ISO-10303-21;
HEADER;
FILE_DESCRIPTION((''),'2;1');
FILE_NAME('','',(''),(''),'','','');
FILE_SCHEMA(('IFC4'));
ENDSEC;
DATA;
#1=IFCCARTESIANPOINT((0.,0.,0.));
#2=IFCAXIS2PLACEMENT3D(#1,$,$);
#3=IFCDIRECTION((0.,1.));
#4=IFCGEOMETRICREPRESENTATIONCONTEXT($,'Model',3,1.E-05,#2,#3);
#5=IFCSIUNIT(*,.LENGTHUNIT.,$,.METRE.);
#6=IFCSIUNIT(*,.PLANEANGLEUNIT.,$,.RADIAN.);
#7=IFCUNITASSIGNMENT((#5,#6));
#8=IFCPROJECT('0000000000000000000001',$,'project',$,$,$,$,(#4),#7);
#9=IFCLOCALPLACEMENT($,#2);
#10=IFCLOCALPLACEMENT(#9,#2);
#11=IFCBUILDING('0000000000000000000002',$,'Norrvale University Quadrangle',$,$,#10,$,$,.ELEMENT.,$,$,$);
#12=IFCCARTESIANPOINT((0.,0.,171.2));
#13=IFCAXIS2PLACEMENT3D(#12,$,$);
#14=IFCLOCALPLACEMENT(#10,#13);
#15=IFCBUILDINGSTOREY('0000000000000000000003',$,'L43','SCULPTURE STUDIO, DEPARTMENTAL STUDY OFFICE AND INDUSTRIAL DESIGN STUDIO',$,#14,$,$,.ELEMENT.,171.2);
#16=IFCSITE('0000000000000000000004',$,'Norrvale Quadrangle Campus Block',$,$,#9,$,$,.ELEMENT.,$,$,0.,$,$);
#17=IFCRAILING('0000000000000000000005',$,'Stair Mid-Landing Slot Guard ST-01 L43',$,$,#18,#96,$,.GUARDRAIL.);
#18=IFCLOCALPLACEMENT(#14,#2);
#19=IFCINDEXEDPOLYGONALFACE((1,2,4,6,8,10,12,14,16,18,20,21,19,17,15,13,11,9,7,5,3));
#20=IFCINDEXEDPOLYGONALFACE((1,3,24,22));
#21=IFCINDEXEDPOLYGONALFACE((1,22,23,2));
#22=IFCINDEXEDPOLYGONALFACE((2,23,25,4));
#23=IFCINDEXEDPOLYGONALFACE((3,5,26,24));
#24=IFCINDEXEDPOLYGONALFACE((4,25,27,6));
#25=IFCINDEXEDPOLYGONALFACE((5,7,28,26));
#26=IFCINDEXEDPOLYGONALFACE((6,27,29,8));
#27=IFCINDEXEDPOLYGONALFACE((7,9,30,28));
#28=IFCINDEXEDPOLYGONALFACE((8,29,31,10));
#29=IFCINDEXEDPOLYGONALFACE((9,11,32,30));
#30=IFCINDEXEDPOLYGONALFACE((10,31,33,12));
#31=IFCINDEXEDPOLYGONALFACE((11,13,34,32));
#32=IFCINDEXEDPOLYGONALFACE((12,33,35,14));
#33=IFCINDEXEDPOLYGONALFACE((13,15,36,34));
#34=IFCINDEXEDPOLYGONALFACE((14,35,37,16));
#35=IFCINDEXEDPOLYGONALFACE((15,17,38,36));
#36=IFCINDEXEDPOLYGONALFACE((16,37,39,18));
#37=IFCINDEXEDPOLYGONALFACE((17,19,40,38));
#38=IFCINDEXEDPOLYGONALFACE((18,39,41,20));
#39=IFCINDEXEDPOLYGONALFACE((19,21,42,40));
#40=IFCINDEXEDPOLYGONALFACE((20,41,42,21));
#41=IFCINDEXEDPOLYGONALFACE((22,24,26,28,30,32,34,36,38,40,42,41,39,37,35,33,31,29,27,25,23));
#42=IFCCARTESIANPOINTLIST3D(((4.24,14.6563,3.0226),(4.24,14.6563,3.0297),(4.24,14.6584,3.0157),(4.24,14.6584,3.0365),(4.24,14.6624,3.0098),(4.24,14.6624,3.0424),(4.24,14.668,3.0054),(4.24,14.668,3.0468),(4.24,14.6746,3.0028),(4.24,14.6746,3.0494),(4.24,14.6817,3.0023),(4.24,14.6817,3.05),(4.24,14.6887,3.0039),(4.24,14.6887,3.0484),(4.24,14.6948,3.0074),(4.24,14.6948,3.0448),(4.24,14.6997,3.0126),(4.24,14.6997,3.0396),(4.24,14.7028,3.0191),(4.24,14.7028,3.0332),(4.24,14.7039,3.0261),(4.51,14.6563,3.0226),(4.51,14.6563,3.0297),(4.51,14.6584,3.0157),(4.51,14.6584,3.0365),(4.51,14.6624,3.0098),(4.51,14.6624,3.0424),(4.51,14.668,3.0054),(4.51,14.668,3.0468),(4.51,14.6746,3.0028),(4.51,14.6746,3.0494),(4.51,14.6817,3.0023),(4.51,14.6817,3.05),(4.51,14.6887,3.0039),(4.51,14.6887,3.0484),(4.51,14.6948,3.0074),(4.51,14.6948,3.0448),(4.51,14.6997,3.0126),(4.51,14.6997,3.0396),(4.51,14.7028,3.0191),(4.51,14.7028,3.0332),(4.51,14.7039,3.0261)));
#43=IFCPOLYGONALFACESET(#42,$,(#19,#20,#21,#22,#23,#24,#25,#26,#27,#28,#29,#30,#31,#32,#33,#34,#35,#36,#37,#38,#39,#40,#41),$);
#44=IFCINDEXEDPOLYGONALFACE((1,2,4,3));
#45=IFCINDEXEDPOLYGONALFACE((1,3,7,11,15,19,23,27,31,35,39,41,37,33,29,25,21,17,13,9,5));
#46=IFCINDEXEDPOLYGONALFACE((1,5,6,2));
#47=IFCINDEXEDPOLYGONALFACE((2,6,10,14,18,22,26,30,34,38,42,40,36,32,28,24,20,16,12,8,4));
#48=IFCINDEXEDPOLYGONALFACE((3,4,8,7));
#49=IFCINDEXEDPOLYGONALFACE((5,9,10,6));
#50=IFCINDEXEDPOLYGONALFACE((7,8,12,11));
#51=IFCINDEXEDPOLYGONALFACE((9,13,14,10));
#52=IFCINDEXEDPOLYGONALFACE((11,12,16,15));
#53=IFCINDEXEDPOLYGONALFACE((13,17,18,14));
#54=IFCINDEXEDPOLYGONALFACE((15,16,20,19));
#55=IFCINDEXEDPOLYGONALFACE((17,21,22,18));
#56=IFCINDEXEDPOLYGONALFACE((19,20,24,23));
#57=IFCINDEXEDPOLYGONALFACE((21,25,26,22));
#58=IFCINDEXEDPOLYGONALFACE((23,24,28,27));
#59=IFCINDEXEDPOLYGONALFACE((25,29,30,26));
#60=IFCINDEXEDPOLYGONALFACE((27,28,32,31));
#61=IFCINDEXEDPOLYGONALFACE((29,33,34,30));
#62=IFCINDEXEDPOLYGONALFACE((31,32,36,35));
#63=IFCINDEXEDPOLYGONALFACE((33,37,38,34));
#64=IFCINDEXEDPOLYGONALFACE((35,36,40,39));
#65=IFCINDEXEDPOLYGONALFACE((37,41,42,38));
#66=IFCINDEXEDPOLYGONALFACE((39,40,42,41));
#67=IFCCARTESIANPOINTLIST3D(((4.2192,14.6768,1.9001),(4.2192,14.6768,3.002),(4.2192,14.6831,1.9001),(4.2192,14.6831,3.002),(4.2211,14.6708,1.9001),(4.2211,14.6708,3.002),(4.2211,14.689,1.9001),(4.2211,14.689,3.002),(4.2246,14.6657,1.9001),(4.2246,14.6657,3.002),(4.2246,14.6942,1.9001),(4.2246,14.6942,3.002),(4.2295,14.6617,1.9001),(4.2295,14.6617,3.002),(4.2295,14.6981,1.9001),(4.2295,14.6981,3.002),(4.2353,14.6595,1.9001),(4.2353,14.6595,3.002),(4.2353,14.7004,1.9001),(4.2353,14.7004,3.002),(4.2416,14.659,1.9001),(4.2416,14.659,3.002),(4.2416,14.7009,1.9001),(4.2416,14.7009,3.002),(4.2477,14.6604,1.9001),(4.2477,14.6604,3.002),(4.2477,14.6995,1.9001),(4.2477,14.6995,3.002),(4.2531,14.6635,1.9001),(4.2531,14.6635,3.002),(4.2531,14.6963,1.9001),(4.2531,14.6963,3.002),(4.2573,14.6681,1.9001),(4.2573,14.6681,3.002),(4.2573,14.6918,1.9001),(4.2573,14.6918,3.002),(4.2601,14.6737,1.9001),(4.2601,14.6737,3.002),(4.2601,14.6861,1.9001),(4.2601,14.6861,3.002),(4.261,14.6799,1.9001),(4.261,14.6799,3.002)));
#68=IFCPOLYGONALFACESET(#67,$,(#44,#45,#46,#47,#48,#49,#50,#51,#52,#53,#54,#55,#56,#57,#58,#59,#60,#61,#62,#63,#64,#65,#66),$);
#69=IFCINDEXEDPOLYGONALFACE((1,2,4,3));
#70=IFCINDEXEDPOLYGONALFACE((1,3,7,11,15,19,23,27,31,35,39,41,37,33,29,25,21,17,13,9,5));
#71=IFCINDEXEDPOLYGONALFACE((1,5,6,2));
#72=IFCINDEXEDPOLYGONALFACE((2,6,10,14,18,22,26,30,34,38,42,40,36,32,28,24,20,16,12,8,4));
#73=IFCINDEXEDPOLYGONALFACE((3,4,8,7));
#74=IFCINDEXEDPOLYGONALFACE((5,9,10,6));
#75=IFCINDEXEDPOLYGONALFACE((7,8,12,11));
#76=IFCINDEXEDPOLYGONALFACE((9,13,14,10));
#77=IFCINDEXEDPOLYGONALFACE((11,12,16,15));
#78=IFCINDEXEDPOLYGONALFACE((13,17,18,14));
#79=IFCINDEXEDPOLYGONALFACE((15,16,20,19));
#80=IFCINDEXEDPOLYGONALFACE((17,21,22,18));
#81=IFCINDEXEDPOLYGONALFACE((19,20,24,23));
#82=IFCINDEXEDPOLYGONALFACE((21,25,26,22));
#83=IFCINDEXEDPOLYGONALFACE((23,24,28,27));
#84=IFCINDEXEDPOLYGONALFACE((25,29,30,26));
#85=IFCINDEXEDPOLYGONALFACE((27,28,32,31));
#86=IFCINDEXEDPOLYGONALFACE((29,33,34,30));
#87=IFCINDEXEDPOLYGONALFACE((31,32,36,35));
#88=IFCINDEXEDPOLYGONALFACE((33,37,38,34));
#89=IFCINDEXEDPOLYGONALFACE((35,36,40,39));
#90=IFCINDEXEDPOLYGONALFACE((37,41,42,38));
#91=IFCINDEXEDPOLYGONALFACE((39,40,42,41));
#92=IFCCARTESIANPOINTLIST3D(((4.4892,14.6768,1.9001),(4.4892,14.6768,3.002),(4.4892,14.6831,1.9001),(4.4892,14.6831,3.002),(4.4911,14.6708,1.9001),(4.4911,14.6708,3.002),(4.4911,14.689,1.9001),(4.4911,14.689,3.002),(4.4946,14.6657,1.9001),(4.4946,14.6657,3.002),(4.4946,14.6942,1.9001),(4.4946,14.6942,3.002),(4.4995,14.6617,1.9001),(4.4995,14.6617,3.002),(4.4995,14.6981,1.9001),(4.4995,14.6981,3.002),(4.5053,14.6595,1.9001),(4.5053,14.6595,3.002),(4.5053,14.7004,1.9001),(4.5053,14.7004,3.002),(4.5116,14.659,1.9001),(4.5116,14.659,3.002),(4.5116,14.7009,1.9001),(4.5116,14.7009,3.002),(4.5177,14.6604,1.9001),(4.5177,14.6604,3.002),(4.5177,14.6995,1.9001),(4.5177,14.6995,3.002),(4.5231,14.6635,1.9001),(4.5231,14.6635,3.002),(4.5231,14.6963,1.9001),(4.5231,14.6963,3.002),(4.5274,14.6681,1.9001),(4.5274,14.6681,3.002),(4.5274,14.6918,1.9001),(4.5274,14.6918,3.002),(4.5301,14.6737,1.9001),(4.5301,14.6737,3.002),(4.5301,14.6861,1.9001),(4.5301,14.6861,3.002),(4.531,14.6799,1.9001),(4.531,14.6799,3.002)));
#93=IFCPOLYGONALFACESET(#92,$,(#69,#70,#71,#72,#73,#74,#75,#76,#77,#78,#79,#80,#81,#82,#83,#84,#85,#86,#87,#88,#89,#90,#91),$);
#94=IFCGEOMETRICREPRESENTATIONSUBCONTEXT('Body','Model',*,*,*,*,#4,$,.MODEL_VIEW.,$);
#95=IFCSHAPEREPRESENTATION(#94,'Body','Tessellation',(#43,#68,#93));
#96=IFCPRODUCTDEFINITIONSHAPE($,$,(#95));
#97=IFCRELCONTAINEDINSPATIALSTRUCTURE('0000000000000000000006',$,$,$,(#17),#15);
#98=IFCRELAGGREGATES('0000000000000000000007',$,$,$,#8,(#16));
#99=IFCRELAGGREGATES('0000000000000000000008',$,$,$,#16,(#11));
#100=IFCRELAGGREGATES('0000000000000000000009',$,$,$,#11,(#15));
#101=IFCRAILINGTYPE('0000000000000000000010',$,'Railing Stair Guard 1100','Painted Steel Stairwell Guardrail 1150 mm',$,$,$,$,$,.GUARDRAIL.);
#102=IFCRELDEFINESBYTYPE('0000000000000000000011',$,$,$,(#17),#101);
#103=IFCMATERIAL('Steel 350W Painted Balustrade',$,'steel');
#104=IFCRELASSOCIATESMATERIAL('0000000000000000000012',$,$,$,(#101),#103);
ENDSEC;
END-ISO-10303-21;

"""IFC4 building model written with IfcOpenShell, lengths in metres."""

from ifc_helpers import new_model, si_unit, direction, frame, origin, origin_2d, place, context, subcontext, project, spatial, circle, extrude, material, type_object, element, save


model = new_model("IFC4")

# Units and contexts
model_context = context("Model", 3, precision=1e-05, world=origin(), true_north=direction((0.0, 1.0)))
body_context = subcontext(model_context, "Body", "Model", "MODEL_VIEW")
ifc_project = project(units=[si_unit("LENGTHUNIT", "METRE"), si_unit("PLANEANGLEUNIT", "RADIAN")], contexts=[model_context])

# Site, building, storey
site_placement = place(None, origin())
site = spatial("IfcSite", under=ifc_project, at=site_placement, Name="Norrvale Quadrangle Campus Block", CompositionType="ELEMENT", RefElevation=0.0)
building_placement = place(site_placement, origin())
building = spatial("IfcBuilding", under=site, at=building_placement, Name="Norrvale University Quadrangle", CompositionType="ELEMENT")
storey_placement = place(building_placement, frame((0.0, 0.0, 171.2)))
storey = spatial("IfcBuildingStorey", under=building, at=storey_placement, Name="L43", Description="SCULPTURE STUDIO, DEPARTMENTAL STUDY OFFICE AND INDUSTRIAL DESIGN STUDIO", CompositionType="ELEMENT", Elevation=171.2)

# Railing
ifc_material_1 = material(Name="Steel 350W Painted Balustrade", Category="steel")
railing_type_1 = type_object("IfcRailingType", Name="Railing Stair Guard 1100", Description="Painted Steel Stairwell Guardrail 1150 mm", PredefinedType="GUARDRAIL", material=ifc_material_1)
railing_1_placement = place(storey_placement, frame((4.24, 14.6799, 1.9001)))
element("IfcRailing", 1, at=railing_1_placement, inside=storey, type_object=railing_type_1, Name="Stair Mid-Landing Slot Guard ST-01 L43", PredefinedType="GUARDRAIL", context=body_context, shape_type="SweptSolid", body=[
    extrude(circle(Radius=0.0239, at=origin_2d()), frame((0.0, 0.0, 1.126), z_axis=(1.0, 0.0, 0.0), x_axis=(0.0, 1.0, 0.0)), (0.0, 0.0, 1.0), 0.27),
    extrude(circle(Radius=0.021, at=origin_2d()), origin(), (0.0, 0.0, 1.0), 1.1018),
    extrude(circle(Radius=0.021, at=origin_2d()), frame((0.27, 0.0, 0.0)), (0.0, 0.0, 1.0), 1.1018),
])

save(model, "model.ifc")
